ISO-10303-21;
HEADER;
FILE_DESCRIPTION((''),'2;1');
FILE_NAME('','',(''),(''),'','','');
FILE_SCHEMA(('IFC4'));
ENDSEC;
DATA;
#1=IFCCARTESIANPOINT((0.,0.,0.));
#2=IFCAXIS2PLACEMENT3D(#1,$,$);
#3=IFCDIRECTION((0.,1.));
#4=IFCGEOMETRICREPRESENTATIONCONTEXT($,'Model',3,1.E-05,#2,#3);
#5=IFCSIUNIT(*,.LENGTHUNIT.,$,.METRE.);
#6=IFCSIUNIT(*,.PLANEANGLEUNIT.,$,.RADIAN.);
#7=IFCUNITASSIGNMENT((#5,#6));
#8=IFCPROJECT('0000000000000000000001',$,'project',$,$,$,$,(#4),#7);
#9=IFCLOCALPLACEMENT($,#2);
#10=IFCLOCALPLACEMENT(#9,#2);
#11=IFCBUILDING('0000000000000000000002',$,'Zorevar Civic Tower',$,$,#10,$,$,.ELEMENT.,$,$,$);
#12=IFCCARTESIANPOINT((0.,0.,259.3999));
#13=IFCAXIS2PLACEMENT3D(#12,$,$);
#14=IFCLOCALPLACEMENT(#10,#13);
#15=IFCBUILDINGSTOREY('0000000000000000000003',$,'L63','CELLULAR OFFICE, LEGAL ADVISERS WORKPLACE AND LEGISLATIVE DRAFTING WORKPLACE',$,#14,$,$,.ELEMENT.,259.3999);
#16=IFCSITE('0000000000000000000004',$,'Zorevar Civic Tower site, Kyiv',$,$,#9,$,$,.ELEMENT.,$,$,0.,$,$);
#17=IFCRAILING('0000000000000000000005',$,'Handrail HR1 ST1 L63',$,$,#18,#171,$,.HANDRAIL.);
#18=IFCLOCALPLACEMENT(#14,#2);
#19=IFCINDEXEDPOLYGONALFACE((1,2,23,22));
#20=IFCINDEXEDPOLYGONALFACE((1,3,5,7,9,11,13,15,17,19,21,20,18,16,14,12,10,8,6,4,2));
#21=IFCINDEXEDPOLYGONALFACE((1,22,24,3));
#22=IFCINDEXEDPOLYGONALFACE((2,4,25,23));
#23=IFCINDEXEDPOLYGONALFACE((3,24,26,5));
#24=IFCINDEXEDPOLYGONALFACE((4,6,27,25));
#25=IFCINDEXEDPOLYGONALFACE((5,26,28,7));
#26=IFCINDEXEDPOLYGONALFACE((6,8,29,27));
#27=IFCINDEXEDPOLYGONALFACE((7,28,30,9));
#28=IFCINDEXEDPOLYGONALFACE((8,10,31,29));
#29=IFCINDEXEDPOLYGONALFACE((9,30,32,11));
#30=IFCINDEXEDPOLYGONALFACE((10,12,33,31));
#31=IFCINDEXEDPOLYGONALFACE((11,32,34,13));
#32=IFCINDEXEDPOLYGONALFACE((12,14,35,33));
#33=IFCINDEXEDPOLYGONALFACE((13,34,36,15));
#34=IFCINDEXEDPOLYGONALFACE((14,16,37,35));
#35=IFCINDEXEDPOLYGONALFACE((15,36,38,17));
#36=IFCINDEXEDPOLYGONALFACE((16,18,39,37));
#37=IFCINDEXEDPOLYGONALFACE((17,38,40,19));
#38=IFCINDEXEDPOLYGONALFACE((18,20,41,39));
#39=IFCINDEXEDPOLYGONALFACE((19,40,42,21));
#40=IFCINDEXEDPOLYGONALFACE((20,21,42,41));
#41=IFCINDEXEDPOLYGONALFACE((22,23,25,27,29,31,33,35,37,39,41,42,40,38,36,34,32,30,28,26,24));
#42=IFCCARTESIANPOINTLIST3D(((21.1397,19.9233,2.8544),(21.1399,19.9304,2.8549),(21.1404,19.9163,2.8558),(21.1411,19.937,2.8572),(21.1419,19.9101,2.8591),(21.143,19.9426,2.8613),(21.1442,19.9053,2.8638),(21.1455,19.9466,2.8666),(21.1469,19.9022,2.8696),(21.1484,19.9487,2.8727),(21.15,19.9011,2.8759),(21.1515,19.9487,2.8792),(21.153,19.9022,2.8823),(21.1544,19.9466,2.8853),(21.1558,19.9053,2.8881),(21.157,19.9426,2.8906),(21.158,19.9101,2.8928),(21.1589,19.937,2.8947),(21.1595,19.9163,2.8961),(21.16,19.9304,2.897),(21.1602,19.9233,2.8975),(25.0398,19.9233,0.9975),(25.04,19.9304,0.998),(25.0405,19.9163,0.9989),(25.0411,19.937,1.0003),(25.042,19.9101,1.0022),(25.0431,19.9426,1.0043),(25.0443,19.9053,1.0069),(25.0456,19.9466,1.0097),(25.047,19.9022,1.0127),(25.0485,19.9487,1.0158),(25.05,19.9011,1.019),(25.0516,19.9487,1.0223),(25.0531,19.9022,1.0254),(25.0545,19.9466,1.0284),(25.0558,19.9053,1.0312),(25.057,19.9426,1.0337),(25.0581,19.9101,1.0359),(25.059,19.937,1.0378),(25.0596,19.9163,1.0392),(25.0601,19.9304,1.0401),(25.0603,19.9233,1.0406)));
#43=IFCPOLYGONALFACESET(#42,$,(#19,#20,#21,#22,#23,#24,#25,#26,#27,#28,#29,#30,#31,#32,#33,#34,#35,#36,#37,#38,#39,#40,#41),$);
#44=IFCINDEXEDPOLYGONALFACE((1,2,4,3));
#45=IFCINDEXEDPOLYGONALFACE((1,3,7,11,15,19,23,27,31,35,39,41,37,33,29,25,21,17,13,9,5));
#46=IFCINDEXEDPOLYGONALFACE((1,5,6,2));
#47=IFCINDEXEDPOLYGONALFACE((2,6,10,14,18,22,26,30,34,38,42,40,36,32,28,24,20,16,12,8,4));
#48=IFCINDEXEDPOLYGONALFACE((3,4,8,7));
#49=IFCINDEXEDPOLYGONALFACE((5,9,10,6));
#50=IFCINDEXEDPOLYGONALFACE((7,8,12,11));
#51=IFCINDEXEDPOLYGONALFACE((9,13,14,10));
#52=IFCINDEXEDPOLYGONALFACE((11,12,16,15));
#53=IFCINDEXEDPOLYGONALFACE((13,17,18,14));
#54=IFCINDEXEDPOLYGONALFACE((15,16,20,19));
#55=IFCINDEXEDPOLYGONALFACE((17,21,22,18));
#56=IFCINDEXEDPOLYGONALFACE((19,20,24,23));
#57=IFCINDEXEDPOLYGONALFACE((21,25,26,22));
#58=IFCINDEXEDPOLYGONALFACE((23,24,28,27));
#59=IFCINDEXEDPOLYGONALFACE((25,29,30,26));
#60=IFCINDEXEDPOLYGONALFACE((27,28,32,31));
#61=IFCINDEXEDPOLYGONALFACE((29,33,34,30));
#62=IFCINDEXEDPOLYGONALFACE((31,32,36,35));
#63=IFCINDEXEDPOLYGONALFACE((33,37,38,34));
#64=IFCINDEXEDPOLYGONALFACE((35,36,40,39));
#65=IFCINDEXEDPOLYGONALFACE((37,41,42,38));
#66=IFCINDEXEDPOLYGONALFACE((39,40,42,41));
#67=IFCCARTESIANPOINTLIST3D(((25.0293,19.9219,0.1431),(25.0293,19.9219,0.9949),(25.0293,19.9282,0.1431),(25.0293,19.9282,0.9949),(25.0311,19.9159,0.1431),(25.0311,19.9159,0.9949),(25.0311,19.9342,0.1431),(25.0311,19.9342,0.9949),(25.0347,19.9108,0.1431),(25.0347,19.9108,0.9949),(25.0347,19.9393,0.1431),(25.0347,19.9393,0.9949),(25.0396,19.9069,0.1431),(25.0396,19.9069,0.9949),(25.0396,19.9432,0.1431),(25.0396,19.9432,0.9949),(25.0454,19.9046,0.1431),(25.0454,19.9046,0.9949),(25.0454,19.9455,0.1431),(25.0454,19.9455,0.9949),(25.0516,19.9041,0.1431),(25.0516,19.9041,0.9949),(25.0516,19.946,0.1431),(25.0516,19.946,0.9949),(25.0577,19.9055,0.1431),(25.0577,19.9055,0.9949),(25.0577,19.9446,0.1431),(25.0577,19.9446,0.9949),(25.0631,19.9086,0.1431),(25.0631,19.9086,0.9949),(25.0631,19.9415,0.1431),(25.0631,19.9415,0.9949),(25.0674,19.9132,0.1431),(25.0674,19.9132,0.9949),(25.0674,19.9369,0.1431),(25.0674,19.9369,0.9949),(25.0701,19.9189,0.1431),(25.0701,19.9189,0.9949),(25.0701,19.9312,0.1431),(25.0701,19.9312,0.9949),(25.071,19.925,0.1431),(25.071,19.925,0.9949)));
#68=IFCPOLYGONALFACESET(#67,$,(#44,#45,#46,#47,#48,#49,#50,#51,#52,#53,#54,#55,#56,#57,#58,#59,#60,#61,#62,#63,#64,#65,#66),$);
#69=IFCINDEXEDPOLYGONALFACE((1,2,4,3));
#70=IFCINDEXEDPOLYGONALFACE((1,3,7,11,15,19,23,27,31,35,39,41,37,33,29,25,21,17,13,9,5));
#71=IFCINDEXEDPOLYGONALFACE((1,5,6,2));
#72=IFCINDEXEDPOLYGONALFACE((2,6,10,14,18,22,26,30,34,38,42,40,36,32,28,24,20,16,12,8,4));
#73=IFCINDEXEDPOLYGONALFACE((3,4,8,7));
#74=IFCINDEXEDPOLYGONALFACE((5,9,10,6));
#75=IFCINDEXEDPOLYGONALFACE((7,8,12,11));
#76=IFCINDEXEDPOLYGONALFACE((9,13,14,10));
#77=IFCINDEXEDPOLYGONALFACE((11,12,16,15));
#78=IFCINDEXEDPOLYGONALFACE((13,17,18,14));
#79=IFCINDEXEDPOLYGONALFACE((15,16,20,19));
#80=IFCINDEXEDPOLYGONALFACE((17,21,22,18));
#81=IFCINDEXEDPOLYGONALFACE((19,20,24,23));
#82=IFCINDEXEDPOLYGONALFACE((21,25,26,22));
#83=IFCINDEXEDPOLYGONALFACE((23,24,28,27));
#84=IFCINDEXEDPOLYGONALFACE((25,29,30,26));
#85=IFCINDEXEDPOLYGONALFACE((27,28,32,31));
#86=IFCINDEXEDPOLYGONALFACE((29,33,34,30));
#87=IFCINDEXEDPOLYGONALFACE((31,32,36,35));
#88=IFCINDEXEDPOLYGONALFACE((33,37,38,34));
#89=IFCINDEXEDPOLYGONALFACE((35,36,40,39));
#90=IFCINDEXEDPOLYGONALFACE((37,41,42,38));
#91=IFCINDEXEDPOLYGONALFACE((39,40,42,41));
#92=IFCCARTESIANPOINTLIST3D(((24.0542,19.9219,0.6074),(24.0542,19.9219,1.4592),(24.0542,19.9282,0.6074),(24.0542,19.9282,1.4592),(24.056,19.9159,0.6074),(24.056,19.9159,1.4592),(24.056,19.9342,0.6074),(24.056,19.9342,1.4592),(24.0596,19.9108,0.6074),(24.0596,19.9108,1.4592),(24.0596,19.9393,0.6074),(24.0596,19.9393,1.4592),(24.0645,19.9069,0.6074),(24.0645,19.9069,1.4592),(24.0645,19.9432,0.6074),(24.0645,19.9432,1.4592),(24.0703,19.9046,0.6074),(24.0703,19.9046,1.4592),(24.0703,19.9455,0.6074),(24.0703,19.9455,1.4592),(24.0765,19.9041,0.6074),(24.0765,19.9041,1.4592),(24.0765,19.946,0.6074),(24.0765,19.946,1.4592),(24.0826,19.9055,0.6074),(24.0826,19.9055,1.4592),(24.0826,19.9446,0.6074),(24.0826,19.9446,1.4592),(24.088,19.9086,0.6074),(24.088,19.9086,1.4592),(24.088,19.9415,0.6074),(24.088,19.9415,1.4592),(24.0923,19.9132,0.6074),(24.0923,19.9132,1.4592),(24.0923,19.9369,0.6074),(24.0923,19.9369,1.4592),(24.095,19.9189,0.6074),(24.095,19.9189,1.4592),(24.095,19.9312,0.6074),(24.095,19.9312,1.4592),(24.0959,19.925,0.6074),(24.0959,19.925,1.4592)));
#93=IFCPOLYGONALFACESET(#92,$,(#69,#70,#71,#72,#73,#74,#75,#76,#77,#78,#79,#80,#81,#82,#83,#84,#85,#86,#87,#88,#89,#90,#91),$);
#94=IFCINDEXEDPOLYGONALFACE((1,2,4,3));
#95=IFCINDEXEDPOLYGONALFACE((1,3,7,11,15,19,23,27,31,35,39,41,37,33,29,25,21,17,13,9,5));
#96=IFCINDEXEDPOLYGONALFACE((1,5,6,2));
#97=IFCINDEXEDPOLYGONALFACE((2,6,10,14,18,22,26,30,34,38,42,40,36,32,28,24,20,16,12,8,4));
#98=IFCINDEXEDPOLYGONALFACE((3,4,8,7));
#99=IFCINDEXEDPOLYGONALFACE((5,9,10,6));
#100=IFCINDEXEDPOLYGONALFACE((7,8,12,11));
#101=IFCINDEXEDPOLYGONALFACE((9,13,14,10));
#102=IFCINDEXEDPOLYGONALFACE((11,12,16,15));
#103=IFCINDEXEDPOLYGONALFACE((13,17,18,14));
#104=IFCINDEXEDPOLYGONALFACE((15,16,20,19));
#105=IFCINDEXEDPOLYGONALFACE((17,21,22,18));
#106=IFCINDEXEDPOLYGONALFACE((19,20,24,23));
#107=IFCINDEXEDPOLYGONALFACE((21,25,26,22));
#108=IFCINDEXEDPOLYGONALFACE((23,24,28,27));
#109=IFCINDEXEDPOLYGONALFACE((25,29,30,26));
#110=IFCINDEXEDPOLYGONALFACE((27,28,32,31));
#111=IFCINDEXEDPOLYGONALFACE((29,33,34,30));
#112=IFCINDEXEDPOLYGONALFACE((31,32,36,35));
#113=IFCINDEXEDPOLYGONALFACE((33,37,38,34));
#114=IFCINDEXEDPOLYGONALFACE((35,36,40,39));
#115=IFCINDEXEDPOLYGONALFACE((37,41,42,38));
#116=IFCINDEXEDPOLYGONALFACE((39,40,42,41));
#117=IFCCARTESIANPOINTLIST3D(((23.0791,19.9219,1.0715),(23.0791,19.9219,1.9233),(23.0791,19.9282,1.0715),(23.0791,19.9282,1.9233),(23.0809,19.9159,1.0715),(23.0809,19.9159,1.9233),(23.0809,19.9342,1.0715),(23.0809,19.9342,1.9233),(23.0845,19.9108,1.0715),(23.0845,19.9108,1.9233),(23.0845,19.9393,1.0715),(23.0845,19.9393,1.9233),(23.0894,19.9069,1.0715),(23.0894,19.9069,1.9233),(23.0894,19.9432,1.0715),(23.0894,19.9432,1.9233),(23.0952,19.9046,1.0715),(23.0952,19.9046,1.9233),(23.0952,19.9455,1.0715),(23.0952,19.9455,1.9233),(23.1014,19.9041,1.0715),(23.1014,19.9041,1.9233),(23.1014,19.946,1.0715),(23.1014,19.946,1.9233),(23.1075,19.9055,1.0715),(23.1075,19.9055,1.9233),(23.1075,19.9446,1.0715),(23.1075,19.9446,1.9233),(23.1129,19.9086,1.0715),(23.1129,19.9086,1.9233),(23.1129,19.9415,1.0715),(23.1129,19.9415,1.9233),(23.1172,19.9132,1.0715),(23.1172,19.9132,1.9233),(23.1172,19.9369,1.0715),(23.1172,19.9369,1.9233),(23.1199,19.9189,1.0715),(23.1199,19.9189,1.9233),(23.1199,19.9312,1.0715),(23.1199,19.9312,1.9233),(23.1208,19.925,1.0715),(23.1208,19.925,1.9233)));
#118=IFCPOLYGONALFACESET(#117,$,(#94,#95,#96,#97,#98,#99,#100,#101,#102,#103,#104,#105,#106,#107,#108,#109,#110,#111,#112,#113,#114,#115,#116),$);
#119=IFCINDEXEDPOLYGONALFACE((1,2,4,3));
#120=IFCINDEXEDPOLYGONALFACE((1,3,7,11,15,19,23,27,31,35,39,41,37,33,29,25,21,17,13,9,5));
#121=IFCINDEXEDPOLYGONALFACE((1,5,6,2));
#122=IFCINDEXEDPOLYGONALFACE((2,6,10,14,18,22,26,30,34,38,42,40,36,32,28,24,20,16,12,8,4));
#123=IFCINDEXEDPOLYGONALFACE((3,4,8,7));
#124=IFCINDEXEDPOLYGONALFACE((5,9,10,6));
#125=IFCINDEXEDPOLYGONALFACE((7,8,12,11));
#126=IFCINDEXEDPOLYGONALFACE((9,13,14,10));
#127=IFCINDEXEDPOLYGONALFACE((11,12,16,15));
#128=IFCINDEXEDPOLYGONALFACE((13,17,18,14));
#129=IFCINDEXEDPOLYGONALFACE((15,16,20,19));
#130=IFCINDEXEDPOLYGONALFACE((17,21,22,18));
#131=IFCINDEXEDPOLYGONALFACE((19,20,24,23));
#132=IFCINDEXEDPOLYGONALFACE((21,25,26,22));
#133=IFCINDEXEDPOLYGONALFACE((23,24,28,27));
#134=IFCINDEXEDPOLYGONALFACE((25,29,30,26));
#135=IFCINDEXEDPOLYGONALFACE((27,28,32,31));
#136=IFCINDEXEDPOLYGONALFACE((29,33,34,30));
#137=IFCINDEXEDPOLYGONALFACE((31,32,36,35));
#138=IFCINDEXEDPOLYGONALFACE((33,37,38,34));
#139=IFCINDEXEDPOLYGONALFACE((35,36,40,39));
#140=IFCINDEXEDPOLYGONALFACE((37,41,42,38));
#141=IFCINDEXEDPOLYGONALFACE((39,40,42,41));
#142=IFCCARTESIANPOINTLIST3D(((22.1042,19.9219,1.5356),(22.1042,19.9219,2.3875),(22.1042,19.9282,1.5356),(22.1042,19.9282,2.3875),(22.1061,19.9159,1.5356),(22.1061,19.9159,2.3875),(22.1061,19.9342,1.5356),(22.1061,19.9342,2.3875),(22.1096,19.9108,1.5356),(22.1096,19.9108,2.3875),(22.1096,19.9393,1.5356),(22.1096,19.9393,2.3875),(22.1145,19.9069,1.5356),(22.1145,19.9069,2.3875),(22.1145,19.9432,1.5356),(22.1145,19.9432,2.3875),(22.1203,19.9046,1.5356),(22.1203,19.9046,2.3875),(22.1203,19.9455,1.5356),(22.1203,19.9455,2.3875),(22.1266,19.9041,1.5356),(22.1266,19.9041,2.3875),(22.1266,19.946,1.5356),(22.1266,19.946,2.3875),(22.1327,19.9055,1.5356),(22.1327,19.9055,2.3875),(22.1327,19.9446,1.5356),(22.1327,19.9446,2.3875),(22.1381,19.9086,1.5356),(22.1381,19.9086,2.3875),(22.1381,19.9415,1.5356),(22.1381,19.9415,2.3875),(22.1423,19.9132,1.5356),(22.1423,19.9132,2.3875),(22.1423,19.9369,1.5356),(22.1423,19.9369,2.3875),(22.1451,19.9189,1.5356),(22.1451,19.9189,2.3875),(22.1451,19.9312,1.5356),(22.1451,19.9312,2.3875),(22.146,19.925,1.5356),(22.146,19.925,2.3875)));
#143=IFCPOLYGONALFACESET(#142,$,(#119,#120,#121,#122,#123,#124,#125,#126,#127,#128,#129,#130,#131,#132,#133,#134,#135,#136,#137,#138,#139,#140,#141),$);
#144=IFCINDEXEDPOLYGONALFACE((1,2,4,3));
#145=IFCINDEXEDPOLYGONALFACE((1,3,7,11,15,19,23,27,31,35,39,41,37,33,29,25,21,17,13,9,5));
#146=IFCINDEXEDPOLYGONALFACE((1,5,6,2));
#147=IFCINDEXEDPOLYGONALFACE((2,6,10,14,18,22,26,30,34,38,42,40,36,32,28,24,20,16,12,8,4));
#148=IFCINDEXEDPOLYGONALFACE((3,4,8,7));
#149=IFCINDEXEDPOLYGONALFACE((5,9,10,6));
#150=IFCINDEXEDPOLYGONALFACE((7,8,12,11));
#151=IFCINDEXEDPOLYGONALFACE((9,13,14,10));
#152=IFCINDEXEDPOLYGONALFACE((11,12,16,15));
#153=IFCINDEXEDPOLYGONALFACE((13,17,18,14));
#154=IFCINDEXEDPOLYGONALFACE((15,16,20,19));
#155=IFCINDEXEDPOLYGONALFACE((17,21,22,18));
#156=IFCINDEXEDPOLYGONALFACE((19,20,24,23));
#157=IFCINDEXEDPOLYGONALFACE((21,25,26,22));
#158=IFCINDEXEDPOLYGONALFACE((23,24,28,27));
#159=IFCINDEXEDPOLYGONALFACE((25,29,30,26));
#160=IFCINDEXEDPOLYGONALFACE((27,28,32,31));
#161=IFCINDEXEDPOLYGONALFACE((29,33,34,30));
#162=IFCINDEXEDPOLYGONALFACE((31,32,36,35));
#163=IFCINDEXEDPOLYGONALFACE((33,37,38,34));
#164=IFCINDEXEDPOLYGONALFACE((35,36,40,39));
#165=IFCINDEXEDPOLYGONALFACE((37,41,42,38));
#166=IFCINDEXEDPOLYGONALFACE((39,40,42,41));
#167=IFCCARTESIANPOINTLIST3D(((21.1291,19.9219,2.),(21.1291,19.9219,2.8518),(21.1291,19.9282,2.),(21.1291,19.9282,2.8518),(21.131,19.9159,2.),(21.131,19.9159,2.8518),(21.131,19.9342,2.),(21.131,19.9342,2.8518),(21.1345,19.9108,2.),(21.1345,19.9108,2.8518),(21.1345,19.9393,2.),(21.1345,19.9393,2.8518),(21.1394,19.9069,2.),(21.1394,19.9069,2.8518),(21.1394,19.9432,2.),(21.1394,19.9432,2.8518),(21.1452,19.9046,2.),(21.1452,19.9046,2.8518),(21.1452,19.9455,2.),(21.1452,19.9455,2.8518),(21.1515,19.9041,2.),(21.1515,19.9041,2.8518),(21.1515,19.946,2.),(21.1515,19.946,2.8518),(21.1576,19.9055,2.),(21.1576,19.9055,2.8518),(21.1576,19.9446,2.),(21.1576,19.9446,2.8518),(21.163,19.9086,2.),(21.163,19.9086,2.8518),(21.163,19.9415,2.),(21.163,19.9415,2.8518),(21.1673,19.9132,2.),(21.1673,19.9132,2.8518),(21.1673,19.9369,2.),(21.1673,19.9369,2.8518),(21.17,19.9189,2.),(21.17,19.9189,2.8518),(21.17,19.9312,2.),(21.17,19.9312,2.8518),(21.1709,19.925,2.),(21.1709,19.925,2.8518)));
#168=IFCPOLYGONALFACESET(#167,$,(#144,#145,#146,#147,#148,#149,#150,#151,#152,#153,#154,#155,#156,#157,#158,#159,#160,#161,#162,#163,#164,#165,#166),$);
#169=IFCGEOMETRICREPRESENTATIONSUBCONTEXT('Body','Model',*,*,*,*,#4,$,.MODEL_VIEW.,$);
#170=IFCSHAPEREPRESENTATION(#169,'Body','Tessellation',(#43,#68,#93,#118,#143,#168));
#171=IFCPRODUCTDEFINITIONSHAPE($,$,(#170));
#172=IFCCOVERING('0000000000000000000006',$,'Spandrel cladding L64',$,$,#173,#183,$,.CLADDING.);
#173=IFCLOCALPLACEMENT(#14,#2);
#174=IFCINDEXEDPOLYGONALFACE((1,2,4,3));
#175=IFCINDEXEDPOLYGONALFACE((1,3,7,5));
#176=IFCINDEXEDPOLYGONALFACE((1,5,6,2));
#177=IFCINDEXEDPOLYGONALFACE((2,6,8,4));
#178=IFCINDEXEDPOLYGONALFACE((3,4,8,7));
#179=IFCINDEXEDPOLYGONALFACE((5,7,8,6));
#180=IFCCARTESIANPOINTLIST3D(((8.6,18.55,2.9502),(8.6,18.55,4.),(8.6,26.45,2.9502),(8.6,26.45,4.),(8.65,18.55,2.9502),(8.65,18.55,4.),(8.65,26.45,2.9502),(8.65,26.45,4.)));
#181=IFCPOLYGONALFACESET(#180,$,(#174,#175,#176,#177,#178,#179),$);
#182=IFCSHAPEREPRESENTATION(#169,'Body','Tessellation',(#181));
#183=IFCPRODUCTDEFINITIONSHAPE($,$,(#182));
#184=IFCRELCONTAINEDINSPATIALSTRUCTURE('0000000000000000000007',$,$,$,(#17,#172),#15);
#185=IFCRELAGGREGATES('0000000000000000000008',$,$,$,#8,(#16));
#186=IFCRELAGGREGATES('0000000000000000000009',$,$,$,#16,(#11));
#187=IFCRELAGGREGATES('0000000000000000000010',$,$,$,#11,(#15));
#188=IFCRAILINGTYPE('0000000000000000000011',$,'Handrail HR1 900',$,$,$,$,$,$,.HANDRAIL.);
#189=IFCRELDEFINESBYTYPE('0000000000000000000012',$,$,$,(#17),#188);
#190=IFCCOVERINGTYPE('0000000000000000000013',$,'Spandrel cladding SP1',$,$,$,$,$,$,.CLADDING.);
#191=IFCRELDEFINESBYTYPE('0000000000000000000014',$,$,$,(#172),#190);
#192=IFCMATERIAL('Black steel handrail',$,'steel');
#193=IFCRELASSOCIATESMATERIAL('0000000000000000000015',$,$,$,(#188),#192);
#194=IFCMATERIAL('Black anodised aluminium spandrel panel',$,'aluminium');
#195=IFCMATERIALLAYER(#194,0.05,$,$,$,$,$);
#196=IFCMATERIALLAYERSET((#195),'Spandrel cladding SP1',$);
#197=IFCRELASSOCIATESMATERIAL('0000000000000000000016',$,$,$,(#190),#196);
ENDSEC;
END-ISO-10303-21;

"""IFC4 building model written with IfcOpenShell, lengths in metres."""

from ifc_helpers import new_model, si_unit, direction, frame, frame_2d, origin, origin_2d, place, context, subcontext, project, spatial, rectangle, circle, extrude, material, layer, layer_set, type_object, element, save


model = new_model("IFC4")

# Units and contexts
model_context = context("Model", 3, precision=1e-05, world=origin(), true_north=direction((0.0, 1.0)))
body_context = subcontext(model_context, "Body", "Model", "MODEL_VIEW")
ifc_project = project(units=[si_unit("LENGTHUNIT", "METRE"), si_unit("PLANEANGLEUNIT", "RADIAN")], contexts=[model_context])

# Site, building, storey
site_placement = place(None, origin())
site = spatial("IfcSite", under=ifc_project, at=site_placement, Name="Zorevar Civic Tower site, Kyiv", CompositionType="ELEMENT", RefElevation=0.0)
building_placement = place(site_placement, origin())
building = spatial("IfcBuilding", under=site, at=building_placement, Name="Zorevar Civic Tower", CompositionType="ELEMENT")
storey_placement = place(building_placement, frame((0.0, 0.0, 259.3999)))
storey = spatial("IfcBuildingStorey", under=building, at=storey_placement, Name="L63", Description="CELLULAR OFFICE, LEGAL ADVISERS WORKPLACE AND LEGISLATIVE DRAFTING WORKPLACE", CompositionType="ELEMENT", Elevation=259.3999)

# Railing
ifc_material_1 = material(Name="Black steel handrail", Category="steel")
railing_type = type_object("IfcRailingType", Name="Handrail HR1 900", PredefinedType="HANDRAIL", material=ifc_material_1)
railing_placement = place(storey_placement, frame((25.05, 19.925, 0.1431)))
element("IfcRailing", 1, at=railing_placement, inside=storey, type_object=railing_type, Name="Handrail HR1 ST1 L63", PredefinedType="HANDRAIL", context=body_context, shape_type="SweptSolid", body=[
    extrude(circle(Radius=0.0239, at=origin_2d()), frame((0.0, 0.0, 0.876), z_axis=(-0.902886, 0.0, 0.429881), x_axis=(0.0, -1.0, 0.0)), (0.0, 0.0, 1.0), 4.3196),
    extrude(circle(Radius=0.021, at=origin_2d()), origin(), (0.0, 0.0, 1.0), 0.8518),
    extrude(circle(Radius=0.021, at=origin_2d()), frame((-0.9751, 0.0, 0.4644)), (0.0, 0.0, 1.0), 0.8518),
    extrude(circle(Radius=0.021, at=origin_2d()), frame((-1.9502, 0.0, 0.9285)), (0.0, 0.0, 1.0), 0.8518),
    extrude(circle(Radius=0.021, at=origin_2d()), frame((-2.925, 0.0, 1.3926)), (0.0, 0.0, 1.0), 0.8518),
    extrude(circle(Radius=0.021, at=origin_2d()), frame((-3.9001, 0.0, 1.8569)), (0.0, 0.0, 1.0), 0.8518),
])

# Covering
ifc_material_2 = material(Name="Black anodised aluminium spandrel panel", Category="aluminium")
ifc_layer_1 = layer(ifc_material_2, 0.05)
ifc_layer_set_1 = layer_set([ifc_layer_1], Name="Spandrel cladding SP1")
covering_type = type_object("IfcCoveringType", Name="Spandrel cladding SP1", PredefinedType="CLADDING", material=ifc_layer_set_1)
covering_placement = place(storey_placement, frame((8.625, 18.55, 2.9502), z_axis=(0.0, 0.0, 1.0), x_axis=(0.0, 1.0, 0.0)))
element("IfcCovering", 2, at=covering_placement, inside=storey, type_object=covering_type, Name="Spandrel cladding L64", PredefinedType="CLADDING", context=body_context, shape_type="SweptSolid", body=[
    extrude(rectangle(XDim=7.8999, YDim=0.05, at=frame_2d((3.95, 0.0))), origin(), (0.0, 0.0, 1.0), 1.0498),
])

save(model, "model.ifc")
